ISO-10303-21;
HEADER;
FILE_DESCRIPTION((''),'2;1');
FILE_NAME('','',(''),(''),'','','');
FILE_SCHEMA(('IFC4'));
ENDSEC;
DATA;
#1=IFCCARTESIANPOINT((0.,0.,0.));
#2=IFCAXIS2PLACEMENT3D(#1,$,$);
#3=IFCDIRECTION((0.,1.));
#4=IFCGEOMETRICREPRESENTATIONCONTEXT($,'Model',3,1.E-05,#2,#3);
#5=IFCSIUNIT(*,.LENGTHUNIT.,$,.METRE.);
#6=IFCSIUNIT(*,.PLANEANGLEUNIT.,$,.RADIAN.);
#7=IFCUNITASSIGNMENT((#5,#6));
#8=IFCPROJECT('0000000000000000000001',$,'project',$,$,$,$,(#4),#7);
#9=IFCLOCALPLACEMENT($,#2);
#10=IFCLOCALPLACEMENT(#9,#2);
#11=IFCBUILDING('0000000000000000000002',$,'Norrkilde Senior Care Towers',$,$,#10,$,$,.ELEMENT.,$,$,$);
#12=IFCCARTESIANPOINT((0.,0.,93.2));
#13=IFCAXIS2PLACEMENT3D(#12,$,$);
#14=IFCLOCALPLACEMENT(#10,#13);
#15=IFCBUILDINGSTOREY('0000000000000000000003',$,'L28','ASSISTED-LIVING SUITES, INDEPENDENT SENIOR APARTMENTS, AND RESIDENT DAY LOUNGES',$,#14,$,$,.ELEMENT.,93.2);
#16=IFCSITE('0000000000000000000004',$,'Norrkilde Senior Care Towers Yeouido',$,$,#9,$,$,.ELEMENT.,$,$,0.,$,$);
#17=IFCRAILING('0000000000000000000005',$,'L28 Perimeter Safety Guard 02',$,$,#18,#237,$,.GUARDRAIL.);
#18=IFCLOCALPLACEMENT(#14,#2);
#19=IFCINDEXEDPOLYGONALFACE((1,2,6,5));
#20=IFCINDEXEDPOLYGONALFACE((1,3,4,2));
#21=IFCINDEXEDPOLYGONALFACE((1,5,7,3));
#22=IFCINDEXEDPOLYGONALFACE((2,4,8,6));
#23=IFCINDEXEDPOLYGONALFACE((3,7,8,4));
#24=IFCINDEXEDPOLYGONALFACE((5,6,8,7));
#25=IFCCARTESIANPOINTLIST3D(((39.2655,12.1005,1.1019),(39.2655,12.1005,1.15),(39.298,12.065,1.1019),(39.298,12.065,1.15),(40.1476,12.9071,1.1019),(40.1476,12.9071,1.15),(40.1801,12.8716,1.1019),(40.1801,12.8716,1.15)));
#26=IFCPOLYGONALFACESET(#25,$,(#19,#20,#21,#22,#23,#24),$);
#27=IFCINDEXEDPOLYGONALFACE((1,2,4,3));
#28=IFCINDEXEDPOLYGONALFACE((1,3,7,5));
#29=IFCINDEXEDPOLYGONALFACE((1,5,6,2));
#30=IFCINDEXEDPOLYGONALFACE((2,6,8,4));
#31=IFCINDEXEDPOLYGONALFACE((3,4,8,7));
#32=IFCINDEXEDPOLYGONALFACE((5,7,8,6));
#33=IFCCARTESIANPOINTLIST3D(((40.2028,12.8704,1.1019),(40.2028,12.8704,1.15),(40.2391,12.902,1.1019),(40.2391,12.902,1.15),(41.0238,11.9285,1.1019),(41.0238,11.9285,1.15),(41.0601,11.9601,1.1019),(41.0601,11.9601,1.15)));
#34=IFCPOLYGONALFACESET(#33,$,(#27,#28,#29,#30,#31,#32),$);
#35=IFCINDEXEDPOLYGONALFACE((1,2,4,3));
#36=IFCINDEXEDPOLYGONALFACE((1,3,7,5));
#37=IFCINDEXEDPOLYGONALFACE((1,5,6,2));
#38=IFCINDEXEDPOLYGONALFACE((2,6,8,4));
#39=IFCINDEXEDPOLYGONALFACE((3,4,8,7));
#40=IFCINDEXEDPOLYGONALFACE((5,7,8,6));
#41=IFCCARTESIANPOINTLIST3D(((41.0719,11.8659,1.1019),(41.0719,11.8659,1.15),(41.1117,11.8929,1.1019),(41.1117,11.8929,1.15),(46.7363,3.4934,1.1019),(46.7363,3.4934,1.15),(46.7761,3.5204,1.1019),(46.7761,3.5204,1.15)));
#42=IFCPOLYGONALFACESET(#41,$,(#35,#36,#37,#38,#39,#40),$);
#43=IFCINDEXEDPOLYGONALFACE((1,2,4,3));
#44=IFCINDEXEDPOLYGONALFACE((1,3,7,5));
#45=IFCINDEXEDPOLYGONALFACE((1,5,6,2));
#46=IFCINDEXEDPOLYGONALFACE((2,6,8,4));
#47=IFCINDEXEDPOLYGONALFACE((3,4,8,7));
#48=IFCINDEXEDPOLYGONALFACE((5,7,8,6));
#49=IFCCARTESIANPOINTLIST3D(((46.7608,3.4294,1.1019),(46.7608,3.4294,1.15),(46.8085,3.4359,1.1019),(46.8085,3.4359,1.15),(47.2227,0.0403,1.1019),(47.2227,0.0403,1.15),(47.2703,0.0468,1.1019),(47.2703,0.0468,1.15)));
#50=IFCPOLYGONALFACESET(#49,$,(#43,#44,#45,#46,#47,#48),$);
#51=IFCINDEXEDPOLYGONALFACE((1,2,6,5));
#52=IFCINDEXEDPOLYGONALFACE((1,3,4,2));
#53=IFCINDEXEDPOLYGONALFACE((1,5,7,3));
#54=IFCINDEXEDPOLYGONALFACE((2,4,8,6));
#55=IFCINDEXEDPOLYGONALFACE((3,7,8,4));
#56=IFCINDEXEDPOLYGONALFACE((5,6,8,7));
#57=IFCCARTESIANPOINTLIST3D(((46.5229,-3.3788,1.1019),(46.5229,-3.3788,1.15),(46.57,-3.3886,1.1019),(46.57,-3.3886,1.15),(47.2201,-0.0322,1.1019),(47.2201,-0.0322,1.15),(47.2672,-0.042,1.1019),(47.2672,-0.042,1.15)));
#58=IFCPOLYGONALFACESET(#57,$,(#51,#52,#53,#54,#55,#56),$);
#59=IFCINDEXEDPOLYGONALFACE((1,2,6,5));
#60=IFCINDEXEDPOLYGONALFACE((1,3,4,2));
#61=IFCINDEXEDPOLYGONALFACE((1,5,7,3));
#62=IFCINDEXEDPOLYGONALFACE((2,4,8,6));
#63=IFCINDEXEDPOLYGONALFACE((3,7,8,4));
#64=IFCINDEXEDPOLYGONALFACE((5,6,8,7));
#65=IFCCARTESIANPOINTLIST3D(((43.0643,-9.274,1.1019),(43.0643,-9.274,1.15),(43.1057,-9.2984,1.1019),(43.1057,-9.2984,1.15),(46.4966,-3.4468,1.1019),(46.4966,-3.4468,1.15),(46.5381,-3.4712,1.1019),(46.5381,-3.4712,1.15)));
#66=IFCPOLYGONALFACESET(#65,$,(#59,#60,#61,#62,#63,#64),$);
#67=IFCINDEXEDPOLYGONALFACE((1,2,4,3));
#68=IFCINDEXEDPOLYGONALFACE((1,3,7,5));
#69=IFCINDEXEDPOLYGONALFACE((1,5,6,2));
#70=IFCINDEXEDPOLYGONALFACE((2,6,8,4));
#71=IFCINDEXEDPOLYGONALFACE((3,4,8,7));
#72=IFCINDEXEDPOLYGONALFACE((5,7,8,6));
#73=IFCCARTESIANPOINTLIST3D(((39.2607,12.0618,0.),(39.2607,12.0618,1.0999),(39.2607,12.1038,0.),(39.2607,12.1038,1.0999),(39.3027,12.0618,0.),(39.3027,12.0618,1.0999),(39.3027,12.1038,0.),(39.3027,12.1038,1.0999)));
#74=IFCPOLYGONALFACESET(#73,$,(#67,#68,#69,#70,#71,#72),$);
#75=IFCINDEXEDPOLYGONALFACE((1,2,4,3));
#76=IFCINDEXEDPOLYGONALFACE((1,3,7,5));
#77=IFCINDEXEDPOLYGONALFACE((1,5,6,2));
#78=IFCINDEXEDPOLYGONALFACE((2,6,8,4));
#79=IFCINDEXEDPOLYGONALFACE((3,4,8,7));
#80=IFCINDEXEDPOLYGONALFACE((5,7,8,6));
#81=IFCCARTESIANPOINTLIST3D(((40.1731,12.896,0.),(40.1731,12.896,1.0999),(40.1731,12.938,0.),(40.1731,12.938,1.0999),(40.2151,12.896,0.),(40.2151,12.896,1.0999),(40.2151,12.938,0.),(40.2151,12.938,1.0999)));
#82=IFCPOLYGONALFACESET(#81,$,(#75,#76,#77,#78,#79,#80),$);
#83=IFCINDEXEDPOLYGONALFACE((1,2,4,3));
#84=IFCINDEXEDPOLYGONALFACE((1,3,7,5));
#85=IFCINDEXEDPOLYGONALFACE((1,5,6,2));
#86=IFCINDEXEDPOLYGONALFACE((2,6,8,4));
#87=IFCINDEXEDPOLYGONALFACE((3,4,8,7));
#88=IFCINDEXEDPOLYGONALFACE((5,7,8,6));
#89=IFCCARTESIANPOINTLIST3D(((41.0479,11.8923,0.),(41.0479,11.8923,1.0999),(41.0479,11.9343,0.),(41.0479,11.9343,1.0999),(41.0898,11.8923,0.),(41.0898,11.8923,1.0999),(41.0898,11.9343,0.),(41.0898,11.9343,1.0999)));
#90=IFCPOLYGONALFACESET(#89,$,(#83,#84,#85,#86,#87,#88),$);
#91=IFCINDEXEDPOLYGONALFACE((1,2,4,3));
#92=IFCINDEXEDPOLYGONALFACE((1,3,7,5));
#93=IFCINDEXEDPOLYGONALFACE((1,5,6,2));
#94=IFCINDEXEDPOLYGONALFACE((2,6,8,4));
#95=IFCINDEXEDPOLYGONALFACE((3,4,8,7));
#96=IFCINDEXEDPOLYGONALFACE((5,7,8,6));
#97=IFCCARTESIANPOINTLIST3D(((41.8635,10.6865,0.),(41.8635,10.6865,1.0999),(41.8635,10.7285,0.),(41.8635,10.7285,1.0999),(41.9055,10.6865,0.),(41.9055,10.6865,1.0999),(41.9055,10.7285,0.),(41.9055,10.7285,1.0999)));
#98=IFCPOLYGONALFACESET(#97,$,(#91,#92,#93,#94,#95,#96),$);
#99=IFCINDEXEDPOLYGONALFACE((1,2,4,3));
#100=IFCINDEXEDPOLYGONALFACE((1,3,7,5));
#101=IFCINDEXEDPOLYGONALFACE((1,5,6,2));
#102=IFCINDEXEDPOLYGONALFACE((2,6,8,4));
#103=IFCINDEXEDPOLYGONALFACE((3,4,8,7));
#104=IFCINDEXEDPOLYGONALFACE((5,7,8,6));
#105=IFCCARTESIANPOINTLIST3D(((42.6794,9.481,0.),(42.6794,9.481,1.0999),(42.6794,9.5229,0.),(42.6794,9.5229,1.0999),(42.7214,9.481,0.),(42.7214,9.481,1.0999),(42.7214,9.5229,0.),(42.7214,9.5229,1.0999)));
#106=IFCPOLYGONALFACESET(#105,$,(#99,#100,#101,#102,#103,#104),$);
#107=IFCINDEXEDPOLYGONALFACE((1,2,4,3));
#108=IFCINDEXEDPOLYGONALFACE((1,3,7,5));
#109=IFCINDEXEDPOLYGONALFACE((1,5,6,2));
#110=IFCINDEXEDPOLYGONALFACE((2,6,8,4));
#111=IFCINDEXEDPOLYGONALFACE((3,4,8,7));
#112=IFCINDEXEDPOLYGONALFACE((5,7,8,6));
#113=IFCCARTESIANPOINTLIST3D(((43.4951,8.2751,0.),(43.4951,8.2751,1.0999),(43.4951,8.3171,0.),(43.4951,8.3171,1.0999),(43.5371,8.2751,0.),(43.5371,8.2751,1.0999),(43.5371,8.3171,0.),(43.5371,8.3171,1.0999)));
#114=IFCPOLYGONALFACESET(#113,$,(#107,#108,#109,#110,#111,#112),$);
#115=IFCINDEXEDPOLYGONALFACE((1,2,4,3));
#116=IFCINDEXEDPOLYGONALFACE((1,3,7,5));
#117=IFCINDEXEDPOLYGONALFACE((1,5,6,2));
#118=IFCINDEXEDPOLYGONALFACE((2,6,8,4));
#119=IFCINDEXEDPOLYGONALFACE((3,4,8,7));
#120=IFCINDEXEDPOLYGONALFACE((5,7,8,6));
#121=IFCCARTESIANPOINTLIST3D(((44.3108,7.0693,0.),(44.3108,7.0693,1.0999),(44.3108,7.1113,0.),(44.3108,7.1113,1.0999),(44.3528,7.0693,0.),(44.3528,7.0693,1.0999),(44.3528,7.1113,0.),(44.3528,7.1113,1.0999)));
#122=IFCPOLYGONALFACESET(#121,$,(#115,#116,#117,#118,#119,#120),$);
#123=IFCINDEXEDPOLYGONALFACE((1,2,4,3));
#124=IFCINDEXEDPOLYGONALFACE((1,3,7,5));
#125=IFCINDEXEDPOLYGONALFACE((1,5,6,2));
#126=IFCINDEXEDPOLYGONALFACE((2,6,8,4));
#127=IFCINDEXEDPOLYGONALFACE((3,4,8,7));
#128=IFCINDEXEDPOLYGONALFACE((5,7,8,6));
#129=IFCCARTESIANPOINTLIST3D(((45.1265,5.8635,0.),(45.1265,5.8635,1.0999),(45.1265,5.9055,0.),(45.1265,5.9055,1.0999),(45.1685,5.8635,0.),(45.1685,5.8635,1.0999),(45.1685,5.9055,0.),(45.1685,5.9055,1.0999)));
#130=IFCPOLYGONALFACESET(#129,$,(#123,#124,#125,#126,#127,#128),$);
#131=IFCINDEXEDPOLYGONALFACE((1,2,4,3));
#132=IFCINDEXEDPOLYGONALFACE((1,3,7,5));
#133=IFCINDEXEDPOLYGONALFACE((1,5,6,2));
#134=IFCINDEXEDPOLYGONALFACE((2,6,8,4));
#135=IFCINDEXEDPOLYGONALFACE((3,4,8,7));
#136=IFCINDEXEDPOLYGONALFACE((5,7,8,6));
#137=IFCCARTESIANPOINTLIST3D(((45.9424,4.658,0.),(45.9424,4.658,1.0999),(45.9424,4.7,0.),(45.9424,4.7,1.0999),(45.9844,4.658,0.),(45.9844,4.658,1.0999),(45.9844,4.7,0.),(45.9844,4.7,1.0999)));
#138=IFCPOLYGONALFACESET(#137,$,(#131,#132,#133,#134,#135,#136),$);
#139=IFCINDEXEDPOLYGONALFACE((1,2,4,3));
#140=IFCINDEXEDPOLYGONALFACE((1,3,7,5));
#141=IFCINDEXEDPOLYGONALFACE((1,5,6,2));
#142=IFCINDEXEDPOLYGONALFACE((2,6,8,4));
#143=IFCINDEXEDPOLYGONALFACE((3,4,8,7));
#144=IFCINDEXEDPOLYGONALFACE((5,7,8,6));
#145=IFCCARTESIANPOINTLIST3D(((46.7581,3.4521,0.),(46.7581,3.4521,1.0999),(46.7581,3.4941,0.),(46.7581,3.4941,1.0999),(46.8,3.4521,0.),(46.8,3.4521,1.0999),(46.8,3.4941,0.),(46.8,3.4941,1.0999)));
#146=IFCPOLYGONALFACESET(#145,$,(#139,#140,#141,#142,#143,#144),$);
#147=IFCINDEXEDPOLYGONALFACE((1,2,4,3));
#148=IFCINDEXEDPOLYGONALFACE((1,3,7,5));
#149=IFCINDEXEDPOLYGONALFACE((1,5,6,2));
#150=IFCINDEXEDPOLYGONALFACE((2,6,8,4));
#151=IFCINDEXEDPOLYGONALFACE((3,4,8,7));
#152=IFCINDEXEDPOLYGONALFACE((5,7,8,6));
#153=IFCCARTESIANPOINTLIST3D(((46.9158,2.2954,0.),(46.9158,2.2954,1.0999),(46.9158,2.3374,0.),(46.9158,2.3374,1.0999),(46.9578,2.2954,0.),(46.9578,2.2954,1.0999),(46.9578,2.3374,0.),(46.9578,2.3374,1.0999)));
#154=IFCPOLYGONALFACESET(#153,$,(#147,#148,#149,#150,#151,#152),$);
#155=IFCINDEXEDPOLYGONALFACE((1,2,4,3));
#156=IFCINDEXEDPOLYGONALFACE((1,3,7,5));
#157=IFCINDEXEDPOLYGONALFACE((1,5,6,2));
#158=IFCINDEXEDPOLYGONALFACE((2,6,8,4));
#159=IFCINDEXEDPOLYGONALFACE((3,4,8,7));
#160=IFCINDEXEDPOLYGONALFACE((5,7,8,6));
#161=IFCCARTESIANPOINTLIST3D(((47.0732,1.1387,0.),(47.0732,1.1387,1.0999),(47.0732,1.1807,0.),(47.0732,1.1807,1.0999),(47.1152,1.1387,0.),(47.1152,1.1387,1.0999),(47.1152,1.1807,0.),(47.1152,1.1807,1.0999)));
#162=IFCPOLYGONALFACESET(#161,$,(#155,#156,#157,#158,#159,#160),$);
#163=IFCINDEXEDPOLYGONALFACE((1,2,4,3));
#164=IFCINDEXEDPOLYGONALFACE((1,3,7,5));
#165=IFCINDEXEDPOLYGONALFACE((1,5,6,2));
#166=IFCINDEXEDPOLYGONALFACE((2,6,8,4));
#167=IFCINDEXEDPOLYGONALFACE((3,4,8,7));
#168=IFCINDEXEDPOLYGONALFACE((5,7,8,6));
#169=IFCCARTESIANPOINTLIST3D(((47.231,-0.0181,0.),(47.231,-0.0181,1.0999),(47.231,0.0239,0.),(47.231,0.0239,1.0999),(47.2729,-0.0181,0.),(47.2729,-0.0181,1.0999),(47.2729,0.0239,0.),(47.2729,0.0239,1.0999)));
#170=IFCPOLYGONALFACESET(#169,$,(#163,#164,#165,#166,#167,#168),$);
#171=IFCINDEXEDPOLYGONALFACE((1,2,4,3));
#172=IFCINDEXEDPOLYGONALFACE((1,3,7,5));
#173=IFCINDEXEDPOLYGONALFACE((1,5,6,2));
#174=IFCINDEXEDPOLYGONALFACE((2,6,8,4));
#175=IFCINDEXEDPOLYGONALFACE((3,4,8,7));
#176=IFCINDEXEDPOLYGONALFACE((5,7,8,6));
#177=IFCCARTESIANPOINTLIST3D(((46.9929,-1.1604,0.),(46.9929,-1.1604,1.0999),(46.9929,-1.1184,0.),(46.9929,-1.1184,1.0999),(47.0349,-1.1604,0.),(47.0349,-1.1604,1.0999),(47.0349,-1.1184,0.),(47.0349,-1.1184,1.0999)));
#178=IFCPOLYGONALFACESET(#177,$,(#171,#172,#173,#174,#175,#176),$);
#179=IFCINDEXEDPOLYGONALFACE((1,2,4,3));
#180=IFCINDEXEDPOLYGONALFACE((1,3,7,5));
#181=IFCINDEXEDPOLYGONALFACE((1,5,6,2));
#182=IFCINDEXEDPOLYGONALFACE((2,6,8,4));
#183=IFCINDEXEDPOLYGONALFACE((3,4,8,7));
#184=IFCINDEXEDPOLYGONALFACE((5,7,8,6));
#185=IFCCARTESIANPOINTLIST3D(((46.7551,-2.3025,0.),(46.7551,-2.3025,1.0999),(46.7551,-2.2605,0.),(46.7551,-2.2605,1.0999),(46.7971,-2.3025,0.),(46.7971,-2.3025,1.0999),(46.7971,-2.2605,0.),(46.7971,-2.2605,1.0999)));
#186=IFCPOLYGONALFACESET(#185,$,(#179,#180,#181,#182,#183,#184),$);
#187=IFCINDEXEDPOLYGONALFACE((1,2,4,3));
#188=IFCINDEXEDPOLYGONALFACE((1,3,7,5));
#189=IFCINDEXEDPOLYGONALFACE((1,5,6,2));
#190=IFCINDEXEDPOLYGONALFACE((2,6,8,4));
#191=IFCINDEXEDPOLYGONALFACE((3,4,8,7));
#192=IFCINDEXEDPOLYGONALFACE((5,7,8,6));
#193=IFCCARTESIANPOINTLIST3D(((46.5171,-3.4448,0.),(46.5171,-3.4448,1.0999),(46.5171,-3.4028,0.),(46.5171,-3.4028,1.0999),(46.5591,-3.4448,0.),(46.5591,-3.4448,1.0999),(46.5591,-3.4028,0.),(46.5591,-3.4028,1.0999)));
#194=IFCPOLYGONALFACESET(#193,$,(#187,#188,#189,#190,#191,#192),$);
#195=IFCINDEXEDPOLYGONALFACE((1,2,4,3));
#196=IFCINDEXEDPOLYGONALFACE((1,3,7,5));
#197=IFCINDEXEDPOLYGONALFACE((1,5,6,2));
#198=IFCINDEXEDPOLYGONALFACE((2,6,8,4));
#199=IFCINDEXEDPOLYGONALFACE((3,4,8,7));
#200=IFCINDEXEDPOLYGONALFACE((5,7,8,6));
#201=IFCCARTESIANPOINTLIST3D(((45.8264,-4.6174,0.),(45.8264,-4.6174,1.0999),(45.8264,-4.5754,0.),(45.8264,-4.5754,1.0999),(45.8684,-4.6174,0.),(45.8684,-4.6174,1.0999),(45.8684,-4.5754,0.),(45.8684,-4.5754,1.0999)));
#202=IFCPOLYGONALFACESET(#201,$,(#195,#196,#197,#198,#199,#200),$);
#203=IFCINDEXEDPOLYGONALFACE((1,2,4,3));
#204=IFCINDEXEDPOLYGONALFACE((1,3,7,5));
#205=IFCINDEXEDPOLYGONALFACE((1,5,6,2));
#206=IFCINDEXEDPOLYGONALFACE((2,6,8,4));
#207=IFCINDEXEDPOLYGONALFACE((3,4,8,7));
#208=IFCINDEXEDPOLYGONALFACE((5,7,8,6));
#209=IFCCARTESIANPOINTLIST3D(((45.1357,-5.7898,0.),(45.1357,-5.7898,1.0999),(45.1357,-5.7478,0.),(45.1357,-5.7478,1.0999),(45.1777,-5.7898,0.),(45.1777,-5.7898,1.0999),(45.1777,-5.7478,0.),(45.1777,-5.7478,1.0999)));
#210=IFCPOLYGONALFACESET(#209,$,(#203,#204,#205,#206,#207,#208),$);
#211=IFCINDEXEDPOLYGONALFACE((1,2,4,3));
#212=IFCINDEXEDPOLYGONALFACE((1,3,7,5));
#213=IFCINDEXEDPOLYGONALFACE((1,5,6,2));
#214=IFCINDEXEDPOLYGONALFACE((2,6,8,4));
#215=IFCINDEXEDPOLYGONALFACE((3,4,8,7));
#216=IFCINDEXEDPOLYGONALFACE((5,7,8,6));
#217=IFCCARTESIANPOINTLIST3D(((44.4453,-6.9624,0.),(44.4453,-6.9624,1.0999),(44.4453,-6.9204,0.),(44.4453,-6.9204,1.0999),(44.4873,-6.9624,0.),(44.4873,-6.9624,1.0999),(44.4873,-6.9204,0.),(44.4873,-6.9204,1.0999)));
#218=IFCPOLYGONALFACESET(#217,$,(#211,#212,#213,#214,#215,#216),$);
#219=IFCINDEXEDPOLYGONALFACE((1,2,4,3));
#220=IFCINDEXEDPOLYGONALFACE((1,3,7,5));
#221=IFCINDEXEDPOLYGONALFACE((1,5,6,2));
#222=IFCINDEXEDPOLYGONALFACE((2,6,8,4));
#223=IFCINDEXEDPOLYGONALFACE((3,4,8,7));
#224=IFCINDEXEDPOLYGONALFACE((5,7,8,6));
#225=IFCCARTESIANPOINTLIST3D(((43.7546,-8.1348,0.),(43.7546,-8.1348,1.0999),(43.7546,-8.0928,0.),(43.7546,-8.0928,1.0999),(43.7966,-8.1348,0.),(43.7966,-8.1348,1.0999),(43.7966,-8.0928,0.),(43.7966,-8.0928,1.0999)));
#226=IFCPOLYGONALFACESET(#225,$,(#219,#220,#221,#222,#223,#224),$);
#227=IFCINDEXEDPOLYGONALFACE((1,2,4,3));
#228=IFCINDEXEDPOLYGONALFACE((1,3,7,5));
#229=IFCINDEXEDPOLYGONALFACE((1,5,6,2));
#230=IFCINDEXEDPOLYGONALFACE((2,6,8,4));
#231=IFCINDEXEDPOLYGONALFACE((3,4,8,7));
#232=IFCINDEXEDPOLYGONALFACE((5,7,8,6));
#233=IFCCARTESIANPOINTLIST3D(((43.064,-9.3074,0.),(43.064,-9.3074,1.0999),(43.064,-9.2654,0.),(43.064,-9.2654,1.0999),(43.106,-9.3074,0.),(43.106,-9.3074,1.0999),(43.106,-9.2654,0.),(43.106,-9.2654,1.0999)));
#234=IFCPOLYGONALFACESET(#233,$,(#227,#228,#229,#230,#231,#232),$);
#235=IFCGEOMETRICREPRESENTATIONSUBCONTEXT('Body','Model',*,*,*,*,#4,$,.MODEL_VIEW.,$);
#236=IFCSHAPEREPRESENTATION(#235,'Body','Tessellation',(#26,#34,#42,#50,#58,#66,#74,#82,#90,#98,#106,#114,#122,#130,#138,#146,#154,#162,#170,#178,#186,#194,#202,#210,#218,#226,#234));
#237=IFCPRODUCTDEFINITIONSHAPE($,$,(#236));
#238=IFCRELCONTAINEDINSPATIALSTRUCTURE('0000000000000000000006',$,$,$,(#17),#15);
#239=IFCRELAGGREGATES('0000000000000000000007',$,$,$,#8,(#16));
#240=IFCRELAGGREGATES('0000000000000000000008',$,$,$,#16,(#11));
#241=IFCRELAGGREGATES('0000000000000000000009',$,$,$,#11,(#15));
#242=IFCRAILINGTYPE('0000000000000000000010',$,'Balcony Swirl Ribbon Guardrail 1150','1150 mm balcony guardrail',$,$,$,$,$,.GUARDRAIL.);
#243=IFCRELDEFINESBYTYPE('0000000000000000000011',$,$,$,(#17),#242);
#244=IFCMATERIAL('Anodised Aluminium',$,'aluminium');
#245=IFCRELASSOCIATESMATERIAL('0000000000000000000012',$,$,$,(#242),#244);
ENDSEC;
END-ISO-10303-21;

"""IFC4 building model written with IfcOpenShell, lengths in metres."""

from ifc_helpers import new_model, si_unit, direction, frame, origin, origin_2d, place, context, subcontext, project, spatial, rectangle, extrude, material, type_object, element, save


model = new_model("IFC4")

# Units and contexts
model_context = context("Model", 3, precision=1e-05, world=origin(), true_north=direction((0.0, 1.0)))
body_context = subcontext(model_context, "Body", "Model", "MODEL_VIEW")
ifc_project = project(units=[si_unit("LENGTHUNIT", "METRE"), si_unit("PLANEANGLEUNIT", "RADIAN")], contexts=[model_context])

# Site, building, storey
site_placement = place(None, origin())
site = spatial("IfcSite", under=ifc_project, at=site_placement, Name="Norrkilde Senior Care Towers Yeouido", CompositionType="ELEMENT", RefElevation=0.0)
building_placement = place(site_placement, origin())
building = spatial("IfcBuilding", under=site, at=building_placement, Name="Norrkilde Senior Care Towers", CompositionType="ELEMENT")
storey_placement = place(building_placement, frame((0.0, 0.0, 93.2)))
storey = spatial("IfcBuildingStorey", under=building, at=storey_placement, Name="L28", Description="ASSISTED-LIVING SUITES, INDEPENDENT SENIOR APARTMENTS, AND RESIDENT DAY LOUNGES", CompositionType="ELEMENT", Elevation=93.2)

# Shared definitions
ifc_material_1 = material(Name="Anodised Aluminium", Category="aluminium")

# Railing
railing_type = type_object("IfcRailingType", Name="Balcony Swirl Ribbon Guardrail 1150", Description="1150 mm balcony guardrail", PredefinedType="GUARDRAIL", material=ifc_material_1)
railing_placement = place(storey_placement, frame((39.2817, 12.0828, 0.0)))
element("IfcRailing", 1, at=railing_placement, inside=storey, type_object=railing_type, Name="L28 Perimeter Safety Guard 02", PredefinedType="GUARDRAIL", context=body_context, shape_type="SweptSolid", body=[
    extrude(rectangle(XDim=0.0481, YDim=0.0481, at=origin_2d()), frame((0.0, 0.0, 1.126), z_axis=(0.737998, 0.674803, 0.0), x_axis=(-0.674803, 0.737998, 0.0)), (0.0, 0.0, 1.0), 1.1953),
    extrude(rectangle(XDim=0.0481, YDim=0.0481, at=origin_2d()), frame((0.9392, 0.8035, 1.126), z_axis=(0.657036, -0.753859, 0.0), x_axis=(0.753859, 0.657036, 0.0)), (0.0, 0.0, 1.0), 1.2495),
    extrude(rectangle(XDim=0.0481, YDim=0.0481, at=origin_2d()), frame((1.8101, -0.2034, 1.126), z_axis=(0.560354, -0.828253, 0.0), x_axis=(0.828253, 0.560354, 0.0)), (0.0, 0.0, 1.0), 10.1086),
    extrude(rectangle(XDim=0.0481, YDim=0.0481, at=origin_2d()), frame((7.5029, -8.6501, 1.126), z_axis=(0.135026, -0.990842, 0.0), x_axis=(0.990842, 0.135026, 0.0)), (0.0, 0.0, 1.0), 3.4204),
    extrude(rectangle(XDim=0.0481, YDim=0.0481, at=origin_2d()), frame((7.9619, -12.1199, 1.126), z_axis=(-0.203943, -0.978983, 0.0), x_axis=(0.978983, -0.203943, 0.0)), (0.0, 0.0, 1.0), 3.4185),
    extrude(rectangle(XDim=0.0481, YDim=0.0481, at=origin_2d()), frame((7.2356, -15.5417, 1.126), z_axis=(-0.507519, -0.861641, 0.0), x_axis=(0.861641, -0.507519, 0.0)), (0.0, 0.0, 1.0), 6.7629),
    extrude(rectangle(XDim=0.042, YDim=0.042, at=origin_2d()), origin(), (0.0, 0.0, 1.0), 1.0999),
    extrude(rectangle(XDim=0.042, YDim=0.042, at=origin_2d()), frame((0.9124, 0.8342, 0.0)), (0.0, 0.0, 1.0), 1.0999),
    extrude(rectangle(XDim=0.042, YDim=0.042, at=origin_2d()), frame((1.7871, -0.1694, 0.0)), (0.0, 0.0, 1.0), 1.0999),
    extrude(rectangle(XDim=0.042, YDim=0.042, at=origin_2d()), frame((2.6028, -1.3752, 0.0)), (0.0, 0.0, 1.0), 1.0999),
    extrude(rectangle(XDim=0.042, YDim=0.042, at=origin_2d()), frame((3.4187, -2.5808, 0.0)), (0.0, 0.0, 1.0), 1.0999),
    extrude(rectangle(XDim=0.042, YDim=0.042, at=origin_2d()), frame((4.2344, -3.7866, 0.0)), (0.0, 0.0, 1.0), 1.0999),
    extrude(rectangle(XDim=0.042, YDim=0.042, at=origin_2d()), frame((5.05, -4.9924, 0.0)), (0.0, 0.0, 1.0), 1.0999),
    extrude(rectangle(XDim=0.042, YDim=0.042, at=origin_2d()), frame((5.8657, -6.1982, 0.0)), (0.0, 0.0, 1.0), 1.0999),
    extrude(rectangle(XDim=0.042, YDim=0.042, at=origin_2d()), frame((6.6816, -7.4038, 0.0)), (0.0, 0.0, 1.0), 1.0999),
    extrude(rectangle(XDim=0.042, YDim=0.042, at=origin_2d()), frame((7.4973, -8.6096, 0.0)), (0.0, 0.0, 1.0), 1.0999),
    extrude(rectangle(XDim=0.042, YDim=0.042, at=origin_2d()), frame((7.655, -9.7664, 0.0)), (0.0, 0.0, 1.0), 1.0999),
    extrude(rectangle(XDim=0.042, YDim=0.042, at=origin_2d()), frame((7.8125, -10.9231, 0.0)), (0.0, 0.0, 1.0), 1.0999),
    extrude(rectangle(XDim=0.042, YDim=0.042, at=origin_2d()), frame((7.9702, -12.0798, 0.0)), (0.0, 0.0, 1.0), 1.0999),
    extrude(rectangle(XDim=0.042, YDim=0.042, at=origin_2d()), frame((7.7322, -13.2222, 0.0)), (0.0, 0.0, 1.0), 1.0999),
    extrude(rectangle(XDim=0.042, YDim=0.042, at=origin_2d()), frame((7.4944, -14.3643, 0.0)), (0.0, 0.0, 1.0), 1.0999),
    extrude(rectangle(XDim=0.042, YDim=0.042, at=origin_2d()), frame((7.2563, -15.5066, 0.0)), (0.0, 0.0, 1.0), 1.0999),
    extrude(rectangle(XDim=0.042, YDim=0.042, at=origin_2d()), frame((6.5657, -16.6792, 0.0)), (0.0, 0.0, 1.0), 1.0999),
    extrude(rectangle(XDim=0.042, YDim=0.042, at=origin_2d()), frame((5.875, -17.8516, 0.0)), (0.0, 0.0, 1.0), 1.0999),
    extrude(rectangle(XDim=0.042, YDim=0.042, at=origin_2d()), frame((5.1846, -19.0242, 0.0)), (0.0, 0.0, 1.0), 1.0999),
    extrude(rectangle(XDim=0.042, YDim=0.042, at=origin_2d()), frame((4.4939, -20.1965, 0.0)), (0.0, 0.0, 1.0), 1.0999),
    extrude(rectangle(XDim=0.042, YDim=0.042, at=origin_2d()), frame((3.8032, -21.3691, 0.0)), (0.0, 0.0, 1.0), 1.0999),
])

save(model, "model.ifc")
